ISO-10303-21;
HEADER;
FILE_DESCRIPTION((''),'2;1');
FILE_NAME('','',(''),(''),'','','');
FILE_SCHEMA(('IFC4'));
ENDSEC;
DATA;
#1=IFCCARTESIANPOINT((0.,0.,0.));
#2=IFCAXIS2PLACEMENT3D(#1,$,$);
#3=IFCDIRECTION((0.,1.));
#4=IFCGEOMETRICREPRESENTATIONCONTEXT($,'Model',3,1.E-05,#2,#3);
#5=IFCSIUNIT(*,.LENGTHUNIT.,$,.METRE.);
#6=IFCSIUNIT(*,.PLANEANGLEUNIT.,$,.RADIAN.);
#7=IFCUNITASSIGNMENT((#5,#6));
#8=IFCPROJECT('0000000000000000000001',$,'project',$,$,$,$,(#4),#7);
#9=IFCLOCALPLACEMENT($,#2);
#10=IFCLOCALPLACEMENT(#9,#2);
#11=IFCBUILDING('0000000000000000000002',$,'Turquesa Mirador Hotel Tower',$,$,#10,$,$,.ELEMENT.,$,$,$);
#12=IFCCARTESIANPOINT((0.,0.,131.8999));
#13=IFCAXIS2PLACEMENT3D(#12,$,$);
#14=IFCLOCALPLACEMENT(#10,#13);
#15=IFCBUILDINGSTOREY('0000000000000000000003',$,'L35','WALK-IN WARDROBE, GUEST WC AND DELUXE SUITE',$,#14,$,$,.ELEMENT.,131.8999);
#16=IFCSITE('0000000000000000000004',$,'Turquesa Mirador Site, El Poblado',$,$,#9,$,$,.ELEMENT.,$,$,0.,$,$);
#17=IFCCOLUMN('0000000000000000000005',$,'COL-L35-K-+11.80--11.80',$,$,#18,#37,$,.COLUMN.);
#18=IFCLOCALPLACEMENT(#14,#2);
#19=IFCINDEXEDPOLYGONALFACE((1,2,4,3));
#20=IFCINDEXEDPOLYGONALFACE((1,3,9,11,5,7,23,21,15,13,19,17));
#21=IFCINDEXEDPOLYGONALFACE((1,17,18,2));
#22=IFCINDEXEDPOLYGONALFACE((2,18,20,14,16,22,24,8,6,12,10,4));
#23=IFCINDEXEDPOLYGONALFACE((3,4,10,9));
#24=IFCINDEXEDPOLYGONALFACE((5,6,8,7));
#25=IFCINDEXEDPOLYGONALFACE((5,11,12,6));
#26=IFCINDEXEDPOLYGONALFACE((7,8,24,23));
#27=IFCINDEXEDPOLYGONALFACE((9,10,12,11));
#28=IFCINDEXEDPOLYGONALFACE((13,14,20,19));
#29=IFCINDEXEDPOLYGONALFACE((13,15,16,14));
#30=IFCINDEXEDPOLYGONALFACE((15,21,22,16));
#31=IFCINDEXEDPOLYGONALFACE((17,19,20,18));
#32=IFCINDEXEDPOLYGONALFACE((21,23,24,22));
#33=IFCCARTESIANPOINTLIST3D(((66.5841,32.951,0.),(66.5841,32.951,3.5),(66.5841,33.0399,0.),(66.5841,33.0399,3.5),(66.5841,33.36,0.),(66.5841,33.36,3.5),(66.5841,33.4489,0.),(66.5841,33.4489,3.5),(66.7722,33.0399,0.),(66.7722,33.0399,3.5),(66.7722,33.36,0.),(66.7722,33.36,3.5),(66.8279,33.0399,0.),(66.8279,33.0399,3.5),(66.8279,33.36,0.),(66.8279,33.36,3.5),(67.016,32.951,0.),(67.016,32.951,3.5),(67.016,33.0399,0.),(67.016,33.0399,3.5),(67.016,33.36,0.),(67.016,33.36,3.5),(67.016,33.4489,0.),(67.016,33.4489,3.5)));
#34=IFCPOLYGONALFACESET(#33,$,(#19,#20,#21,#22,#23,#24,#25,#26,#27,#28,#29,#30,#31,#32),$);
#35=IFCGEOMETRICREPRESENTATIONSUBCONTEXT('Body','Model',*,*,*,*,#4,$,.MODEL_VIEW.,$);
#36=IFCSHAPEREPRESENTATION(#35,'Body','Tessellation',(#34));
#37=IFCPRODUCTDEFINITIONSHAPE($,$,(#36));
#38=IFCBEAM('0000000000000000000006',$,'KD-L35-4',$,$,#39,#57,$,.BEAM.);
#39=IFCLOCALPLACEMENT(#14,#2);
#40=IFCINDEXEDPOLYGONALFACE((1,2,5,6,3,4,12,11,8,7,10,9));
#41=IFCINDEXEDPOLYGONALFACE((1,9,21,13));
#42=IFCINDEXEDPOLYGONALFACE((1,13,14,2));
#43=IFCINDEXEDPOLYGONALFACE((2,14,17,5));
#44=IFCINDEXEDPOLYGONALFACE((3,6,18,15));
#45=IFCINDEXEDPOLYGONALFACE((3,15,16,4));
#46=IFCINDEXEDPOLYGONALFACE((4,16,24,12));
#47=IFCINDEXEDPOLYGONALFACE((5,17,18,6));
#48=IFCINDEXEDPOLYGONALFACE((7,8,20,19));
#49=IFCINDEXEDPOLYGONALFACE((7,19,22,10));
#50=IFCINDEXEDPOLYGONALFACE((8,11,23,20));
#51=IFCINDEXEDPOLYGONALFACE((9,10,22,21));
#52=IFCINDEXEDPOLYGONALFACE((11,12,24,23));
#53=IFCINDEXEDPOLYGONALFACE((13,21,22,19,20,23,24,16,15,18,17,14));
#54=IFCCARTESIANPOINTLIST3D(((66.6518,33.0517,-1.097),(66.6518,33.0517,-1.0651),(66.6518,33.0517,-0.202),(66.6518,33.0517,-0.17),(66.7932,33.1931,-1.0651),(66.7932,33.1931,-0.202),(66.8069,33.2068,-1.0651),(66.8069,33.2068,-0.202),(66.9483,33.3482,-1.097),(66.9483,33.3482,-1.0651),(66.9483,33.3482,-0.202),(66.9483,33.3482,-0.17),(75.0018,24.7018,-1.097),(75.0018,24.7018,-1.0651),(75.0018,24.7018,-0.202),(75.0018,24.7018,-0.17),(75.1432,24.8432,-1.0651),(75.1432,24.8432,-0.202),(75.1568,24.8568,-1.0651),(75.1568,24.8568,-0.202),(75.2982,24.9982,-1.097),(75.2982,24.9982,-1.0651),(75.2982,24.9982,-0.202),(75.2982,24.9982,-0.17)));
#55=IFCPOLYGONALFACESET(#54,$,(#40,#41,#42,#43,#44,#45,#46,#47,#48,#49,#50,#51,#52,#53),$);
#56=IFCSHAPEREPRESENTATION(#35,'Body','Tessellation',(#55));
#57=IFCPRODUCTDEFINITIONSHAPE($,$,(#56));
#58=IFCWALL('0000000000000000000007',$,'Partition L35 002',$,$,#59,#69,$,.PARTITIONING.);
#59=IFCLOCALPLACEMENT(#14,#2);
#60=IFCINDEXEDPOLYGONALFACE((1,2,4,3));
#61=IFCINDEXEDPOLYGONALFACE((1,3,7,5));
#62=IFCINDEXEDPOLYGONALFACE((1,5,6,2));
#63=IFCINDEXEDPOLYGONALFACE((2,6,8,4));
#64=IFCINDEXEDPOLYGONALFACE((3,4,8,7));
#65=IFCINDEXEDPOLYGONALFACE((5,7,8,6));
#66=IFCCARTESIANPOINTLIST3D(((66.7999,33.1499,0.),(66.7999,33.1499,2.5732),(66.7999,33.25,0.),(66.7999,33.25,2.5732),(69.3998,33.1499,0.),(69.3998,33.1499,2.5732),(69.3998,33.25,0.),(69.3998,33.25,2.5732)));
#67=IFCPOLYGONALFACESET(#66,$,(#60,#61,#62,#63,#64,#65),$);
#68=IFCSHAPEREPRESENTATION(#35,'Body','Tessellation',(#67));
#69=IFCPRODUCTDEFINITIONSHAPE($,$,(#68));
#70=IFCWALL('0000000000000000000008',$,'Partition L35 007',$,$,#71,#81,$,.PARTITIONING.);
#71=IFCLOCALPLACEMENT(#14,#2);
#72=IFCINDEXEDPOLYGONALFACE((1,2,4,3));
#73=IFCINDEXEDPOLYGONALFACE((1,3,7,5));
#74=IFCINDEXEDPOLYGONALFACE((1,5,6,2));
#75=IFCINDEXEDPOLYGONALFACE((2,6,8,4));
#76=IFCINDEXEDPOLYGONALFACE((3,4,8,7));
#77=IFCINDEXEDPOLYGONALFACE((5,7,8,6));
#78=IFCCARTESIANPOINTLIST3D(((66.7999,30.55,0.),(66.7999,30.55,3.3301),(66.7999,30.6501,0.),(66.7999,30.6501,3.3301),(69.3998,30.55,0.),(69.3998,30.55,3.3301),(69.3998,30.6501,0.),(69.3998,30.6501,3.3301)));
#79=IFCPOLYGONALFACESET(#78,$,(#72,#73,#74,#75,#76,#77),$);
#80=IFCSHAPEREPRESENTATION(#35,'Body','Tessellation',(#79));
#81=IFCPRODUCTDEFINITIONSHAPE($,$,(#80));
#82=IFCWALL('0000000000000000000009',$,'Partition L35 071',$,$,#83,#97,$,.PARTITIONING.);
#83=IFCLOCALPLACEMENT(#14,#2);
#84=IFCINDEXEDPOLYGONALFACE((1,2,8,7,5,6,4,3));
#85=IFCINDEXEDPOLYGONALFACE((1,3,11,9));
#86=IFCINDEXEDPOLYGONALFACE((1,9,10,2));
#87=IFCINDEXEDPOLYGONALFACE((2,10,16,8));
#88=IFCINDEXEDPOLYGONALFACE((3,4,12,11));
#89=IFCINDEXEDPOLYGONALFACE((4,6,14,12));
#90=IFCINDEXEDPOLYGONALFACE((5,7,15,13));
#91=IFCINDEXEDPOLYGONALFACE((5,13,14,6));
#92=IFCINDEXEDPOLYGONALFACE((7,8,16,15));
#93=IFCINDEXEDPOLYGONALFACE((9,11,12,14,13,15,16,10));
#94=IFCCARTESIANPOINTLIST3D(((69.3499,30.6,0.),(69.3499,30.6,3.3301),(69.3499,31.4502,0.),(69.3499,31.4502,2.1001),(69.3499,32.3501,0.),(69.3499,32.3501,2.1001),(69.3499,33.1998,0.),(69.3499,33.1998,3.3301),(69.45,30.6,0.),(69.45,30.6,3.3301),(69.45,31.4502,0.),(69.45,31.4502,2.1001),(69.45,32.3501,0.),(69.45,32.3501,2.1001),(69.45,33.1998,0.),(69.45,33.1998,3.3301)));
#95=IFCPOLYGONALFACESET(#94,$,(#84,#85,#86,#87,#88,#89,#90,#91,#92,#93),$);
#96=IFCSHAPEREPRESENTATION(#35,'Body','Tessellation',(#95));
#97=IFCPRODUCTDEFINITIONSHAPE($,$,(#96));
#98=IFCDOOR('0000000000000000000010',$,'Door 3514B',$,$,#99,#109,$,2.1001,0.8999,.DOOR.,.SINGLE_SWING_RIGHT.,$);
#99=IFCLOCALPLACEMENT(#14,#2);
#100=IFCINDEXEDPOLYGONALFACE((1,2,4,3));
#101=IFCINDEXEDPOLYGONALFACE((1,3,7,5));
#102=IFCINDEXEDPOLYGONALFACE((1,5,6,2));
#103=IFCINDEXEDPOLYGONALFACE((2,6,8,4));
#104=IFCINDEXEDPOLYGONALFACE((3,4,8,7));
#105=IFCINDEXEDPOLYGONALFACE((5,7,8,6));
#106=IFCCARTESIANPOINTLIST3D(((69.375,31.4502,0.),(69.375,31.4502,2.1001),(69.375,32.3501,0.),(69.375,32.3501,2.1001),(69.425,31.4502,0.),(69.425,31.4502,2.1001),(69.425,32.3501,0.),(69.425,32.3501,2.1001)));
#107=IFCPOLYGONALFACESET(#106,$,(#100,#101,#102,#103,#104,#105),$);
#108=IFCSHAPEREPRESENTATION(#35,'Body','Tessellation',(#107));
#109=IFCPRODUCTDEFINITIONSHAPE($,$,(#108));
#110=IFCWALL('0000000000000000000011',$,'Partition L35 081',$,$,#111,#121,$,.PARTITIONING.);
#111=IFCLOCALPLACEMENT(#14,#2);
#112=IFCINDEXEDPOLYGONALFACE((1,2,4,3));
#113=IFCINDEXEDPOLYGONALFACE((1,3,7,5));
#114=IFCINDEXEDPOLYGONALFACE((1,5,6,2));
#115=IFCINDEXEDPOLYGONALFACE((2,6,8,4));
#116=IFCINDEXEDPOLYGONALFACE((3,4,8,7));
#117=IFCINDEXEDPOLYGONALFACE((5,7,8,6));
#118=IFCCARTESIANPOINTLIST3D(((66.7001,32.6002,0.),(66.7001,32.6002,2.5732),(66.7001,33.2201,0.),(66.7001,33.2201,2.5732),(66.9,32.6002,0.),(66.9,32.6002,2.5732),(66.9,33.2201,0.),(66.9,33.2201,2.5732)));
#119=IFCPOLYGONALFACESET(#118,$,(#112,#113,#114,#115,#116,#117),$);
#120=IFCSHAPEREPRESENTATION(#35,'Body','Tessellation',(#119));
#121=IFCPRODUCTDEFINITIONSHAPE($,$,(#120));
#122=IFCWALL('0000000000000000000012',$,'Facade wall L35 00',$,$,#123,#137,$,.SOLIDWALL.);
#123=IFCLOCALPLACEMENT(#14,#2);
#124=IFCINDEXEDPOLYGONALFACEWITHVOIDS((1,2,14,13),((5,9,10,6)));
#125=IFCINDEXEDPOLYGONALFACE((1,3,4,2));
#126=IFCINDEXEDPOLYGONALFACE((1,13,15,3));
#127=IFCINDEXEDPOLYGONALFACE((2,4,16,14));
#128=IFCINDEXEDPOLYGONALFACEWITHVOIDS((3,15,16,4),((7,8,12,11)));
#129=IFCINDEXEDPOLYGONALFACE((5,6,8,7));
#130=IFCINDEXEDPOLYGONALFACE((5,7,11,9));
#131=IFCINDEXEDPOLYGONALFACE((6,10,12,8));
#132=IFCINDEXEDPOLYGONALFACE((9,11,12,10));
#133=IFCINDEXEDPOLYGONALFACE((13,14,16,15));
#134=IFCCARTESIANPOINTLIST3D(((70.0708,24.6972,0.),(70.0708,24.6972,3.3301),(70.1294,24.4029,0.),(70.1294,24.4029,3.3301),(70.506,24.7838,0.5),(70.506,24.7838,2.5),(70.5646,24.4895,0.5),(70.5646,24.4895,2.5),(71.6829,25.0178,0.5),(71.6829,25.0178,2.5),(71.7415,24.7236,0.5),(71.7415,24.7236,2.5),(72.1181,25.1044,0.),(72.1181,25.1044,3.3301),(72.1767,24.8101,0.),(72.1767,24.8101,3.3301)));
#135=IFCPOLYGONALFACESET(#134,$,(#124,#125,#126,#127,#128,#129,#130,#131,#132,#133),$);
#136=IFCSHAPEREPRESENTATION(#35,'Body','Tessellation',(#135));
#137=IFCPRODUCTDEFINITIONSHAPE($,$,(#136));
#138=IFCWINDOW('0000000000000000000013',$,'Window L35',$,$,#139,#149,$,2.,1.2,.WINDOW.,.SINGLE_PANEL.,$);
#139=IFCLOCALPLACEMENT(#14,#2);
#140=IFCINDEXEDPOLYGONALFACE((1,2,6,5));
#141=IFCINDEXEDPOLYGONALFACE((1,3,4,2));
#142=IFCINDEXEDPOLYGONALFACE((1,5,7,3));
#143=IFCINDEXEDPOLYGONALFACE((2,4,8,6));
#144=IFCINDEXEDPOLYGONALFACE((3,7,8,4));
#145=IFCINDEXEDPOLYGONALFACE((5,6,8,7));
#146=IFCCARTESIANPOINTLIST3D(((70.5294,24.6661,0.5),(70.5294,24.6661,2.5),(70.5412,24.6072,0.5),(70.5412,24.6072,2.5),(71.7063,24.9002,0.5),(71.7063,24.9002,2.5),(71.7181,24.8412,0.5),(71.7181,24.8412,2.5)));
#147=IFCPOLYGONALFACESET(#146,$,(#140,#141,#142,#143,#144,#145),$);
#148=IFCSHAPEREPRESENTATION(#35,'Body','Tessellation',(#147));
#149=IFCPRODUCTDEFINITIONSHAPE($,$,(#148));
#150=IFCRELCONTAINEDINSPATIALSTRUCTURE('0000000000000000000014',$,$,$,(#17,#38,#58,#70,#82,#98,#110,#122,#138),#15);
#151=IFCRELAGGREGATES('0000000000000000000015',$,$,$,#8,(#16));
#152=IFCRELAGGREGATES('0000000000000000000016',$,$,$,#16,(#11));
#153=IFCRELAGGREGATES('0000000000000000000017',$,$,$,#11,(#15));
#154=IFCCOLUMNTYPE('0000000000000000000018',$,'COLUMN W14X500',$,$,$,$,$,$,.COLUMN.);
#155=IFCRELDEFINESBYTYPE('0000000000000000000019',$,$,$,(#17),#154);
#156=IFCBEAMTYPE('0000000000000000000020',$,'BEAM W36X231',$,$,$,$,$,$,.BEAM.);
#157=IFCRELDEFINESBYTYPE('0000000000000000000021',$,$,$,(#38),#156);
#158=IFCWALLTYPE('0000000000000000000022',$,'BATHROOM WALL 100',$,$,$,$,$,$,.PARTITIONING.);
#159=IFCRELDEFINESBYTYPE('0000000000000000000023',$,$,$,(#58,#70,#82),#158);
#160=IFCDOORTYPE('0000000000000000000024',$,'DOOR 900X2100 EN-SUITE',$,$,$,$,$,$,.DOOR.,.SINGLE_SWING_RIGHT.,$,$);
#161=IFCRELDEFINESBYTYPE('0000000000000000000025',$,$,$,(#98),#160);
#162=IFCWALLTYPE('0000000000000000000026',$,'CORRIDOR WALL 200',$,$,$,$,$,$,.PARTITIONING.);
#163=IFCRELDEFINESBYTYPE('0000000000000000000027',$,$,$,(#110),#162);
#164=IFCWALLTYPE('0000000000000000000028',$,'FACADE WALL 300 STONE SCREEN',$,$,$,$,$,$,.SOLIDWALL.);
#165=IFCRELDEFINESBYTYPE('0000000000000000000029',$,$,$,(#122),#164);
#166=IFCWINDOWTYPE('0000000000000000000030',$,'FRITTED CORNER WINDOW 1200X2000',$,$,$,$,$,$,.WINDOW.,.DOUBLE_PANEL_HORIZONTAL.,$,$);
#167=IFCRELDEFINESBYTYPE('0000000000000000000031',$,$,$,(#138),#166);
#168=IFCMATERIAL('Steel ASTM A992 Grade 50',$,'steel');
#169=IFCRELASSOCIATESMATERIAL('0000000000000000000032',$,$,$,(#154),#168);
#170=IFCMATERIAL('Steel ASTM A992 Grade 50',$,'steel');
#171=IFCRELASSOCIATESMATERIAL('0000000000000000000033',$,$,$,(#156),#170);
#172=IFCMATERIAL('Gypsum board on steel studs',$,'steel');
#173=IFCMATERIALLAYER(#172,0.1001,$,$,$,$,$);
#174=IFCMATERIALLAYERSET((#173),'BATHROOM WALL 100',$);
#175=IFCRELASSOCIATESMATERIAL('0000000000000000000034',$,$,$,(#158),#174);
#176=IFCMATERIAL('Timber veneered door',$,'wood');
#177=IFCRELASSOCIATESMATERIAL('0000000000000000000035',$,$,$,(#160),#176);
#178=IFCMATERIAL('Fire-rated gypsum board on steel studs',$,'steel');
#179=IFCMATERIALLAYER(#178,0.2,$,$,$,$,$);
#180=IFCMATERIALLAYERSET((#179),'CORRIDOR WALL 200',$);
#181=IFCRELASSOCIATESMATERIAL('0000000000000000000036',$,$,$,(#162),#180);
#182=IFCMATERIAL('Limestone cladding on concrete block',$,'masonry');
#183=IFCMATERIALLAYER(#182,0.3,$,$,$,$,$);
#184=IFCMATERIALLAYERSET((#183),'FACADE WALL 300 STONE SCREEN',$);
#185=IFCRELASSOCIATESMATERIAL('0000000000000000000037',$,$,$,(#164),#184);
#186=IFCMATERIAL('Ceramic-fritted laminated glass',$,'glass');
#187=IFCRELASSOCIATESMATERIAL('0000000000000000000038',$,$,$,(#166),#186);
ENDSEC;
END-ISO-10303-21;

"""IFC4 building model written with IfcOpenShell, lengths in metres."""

from ifc_helpers import new_model, si_unit, direction, frame, frame_2d, origin, origin_2d, place, context, subcontext, project, spatial, rectangle, i_section, extrude, material, layer, layer_set, material_profile, profile_set, type_object, element, fill, save


model = new_model("IFC4")

# Units and contexts
model_context = context("Model", 3, precision=1e-05, world=origin(), true_north=direction((0.0, 1.0)))
body_context = subcontext(model_context, "Body", "Model", "MODEL_VIEW")
ifc_project = project(units=[si_unit("LENGTHUNIT", "METRE"), si_unit("PLANEANGLEUNIT", "RADIAN")], contexts=[model_context])

# Site, building, storey
site_placement = place(None, origin())
site = spatial("IfcSite", under=ifc_project, at=site_placement, Name="Turquesa Mirador Site, El Poblado", CompositionType="ELEMENT", RefElevation=0.0)
building_placement = place(site_placement, origin())
building = spatial("IfcBuilding", under=site, at=building_placement, Name="Turquesa Mirador Hotel Tower", CompositionType="ELEMENT")
storey_placement = place(building_placement, frame((0.0, 0.0, 131.8999)))
storey = spatial("IfcBuildingStorey", under=building, at=storey_placement, Name="L35", Description="WALK-IN WARDROBE, GUEST WC AND DELUXE SUITE", CompositionType="ELEMENT", Elevation=131.8999)

# Column
ifc_material_1 = material(Name="Steel ASTM A992 Grade 50", Category="steel")
ifc_material_profile_1 = material_profile(ifc_material_1, i_section(OverallWidth=0.4319, OverallDepth=0.4978, WebThickness=0.0557, FlangeThickness=0.0889, at=origin_2d()), Name="W14X500")
ifc_profile_set_1 = profile_set([ifc_material_profile_1], Name="Steel ASTM A992 Grade 50")
column_type = type_object("IfcColumnType", Name="COLUMN W14X500", PredefinedType="COLUMN", material=ifc_profile_set_1)
column_placement = place(storey_placement, frame((66.8, 33.2, 0.0), z_axis=(0.0, 0.0, 1.0), x_axis=(1.0, 0.0, 0.0)))
element("IfcColumn", 1, at=column_placement, inside=storey, type_object=column_type, Name="COL-L35-K-+11.80--11.80", PredefinedType="COLUMN", context=body_context, shape_type="SweptSolid", body=[
    extrude(i_section(OverallWidth=0.4319, OverallDepth=0.4978, WebThickness=0.0557, FlangeThickness=0.0889, at=origin_2d()), origin(), (0.0, 0.0, 1.0), 3.5),
])

# Beam
ifc_material_2 = material(Name="Steel ASTM A992 Grade 50", Category="steel")
ifc_material_profile_2 = material_profile(ifc_material_2, i_section(OverallWidth=0.4192, OverallDepth=0.927, WebThickness=0.0193, FlangeThickness=0.032, at=origin_2d()), Name="W36X231")
ifc_profile_set_2 = profile_set([ifc_material_profile_2], Name="Steel ASTM A992 Grade 50")
beam_type = type_object("IfcBeamType", Name="BEAM W36X231", PredefinedType="BEAM", material=ifc_profile_set_2)
beam_placement = place(storey_placement, frame((66.8, 33.2, -0.6335), z_axis=(0.707107, -0.707107, 0.0), x_axis=(0.707107, 0.707107, 0.0)))
element("IfcBeam", 2, at=beam_placement, inside=storey, type_object=beam_type, Name="KD-L35-4", PredefinedType="BEAM", context=body_context, shape_type="SweptSolid", body=[
    extrude(i_section(OverallWidth=0.4192, OverallDepth=0.927, WebThickness=0.0193, FlangeThickness=0.032, at=origin_2d()), origin(), (0.0, 0.0, 1.0), 11.8086),
])

# Walls
ifc_material_3 = material(Name="Gypsum board on steel studs", Category="steel")
ifc_layer_1 = layer(ifc_material_3, 0.1001)
ifc_layer_set_1 = layer_set([ifc_layer_1], Name="BATHROOM WALL 100")
wall_type_1 = type_object("IfcWallType", Name="BATHROOM WALL 100", PredefinedType="PARTITIONING", material=ifc_layer_set_1)
wall_1_placement = place(storey_placement, frame((66.8, 33.2, 0.0), z_axis=(0.0, 0.0, 1.0), x_axis=(1.0, 0.0, 0.0)))
element("IfcWall", 3, at=wall_1_placement, inside=storey, type_object=wall_type_1, Name="Partition L35 002", PredefinedType="PARTITIONING", context=body_context, shape_type="SweptSolid", body=[
    extrude(rectangle(XDim=2.5999, YDim=0.1001, at=frame_2d((1.2998, 0.0))), origin(), (0.0, 0.0, 1.0), 2.5732),
])
wall_2_placement = place(storey_placement, frame((66.8, 30.6001, 0.0), z_axis=(0.0, 0.0, 1.0), x_axis=(1.0, 0.0, 0.0)))
element("IfcWall", 4, at=wall_2_placement, inside=storey, type_object=wall_type_1, Name="Partition L35 007", PredefinedType="PARTITIONING", context=body_context, shape_type="SweptSolid", body=[
    extrude(rectangle(XDim=2.5999, YDim=0.1001, at=frame_2d((1.2998, 0.0))), origin(), (0.0, 0.0, 1.0), 3.3301),
])

# Wall, opening, door
wall_3_placement = place(storey_placement, frame((69.3999, 30.6001, 0.0), z_axis=(0.0, 0.0, 1.0), x_axis=(0.0, 1.0, 0.0)))
wall_3 = element("IfcWall", 5, at=wall_3_placement, inside=storey, type_object=wall_type_1, Name="Partition L35 071", PredefinedType="PARTITIONING", context=body_context, shape_type="SweptSolid", body=[
    extrude(rectangle(XDim=2.5999, YDim=0.1001, at=frame_2d((1.2998, 0.0))), origin(), (0.0, 0.0, 1.0), 3.3301),
])
opening_1_placement = place(wall_3_placement, frame((0.8501, 0.0, 0.0)))
opening_1 = element("IfcOpeningElement", 6, at=opening_1_placement, cuts=wall_3, PredefinedType="OPENING", context=body_context, shape_type="SweptSolid", body=[
    extrude(rectangle(XDim=0.8999, YDim=2.1001, at=frame_2d((0.45, 1.05))), frame((0.0, 0.0601, 0.0), z_axis=(0.0, -1.0, 0.0), x_axis=(1.0, 0.0, 0.0)), (0.0, 0.0, 1.0), 0.1201),
])
ifc_material_4 = material(Name="Timber veneered door", Category="wood")
door_type_1 = type_object("IfcDoorType", Name="DOOR 900X2100 EN-SUITE", OperationType="SINGLE_SWING_RIGHT", PredefinedType="DOOR", material=ifc_material_4)
door_1_placement = place(opening_1_placement, origin())
door_1 = element("IfcDoor", 7, at=door_1_placement, inside=storey, type_object=door_type_1, Name="Door 3514B", OperationType="SINGLE_SWING_RIGHT", OverallHeight=2.1001, OverallWidth=0.8999, PredefinedType="DOOR", context=body_context, shape_type="SweptSolid", body=[
    extrude(rectangle(XDim=0.8999, YDim=2.1001, at=frame_2d((0.45, 1.05))), frame((0.0, 0.0249, 0.0), z_axis=(0.0, -1.0, 0.0), x_axis=(1.0, 0.0, 0.0)), (0.0, 0.0, 1.0), 0.05),
])
fill(opening_1, door_1)

# Wall
ifc_material_5 = material(Name="Fire-rated gypsum board on steel studs", Category="steel")
ifc_layer_2 = layer(ifc_material_5, 0.2)
ifc_layer_set_2 = layer_set([ifc_layer_2], Name="CORRIDOR WALL 200")
wall_type_2 = type_object("IfcWallType", Name="CORRIDOR WALL 200", PredefinedType="PARTITIONING", material=ifc_layer_set_2)
wall_4_placement = place(storey_placement, frame((66.8, 32.6001, 0.0), z_axis=(0.0, 0.0, 1.0), x_axis=(0.0, 1.0, 0.0)))
element("IfcWall", 8, at=wall_4_placement, inside=storey, type_object=wall_type_2, Name="Partition L35 081", PredefinedType="PARTITIONING", context=body_context, shape_type="SweptSolid", body=[
    extrude(rectangle(XDim=0.6199, YDim=0.2, at=frame_2d((0.3101, 0.0))), origin(), (0.0, 0.0, 1.0), 2.5732),
])

# Wall, opening, window
ifc_material_6 = material(Name="Limestone cladding on concrete block", Category="masonry")
ifc_layer_3 = layer(ifc_material_6, 0.3)
ifc_layer_set_3 = layer_set([ifc_layer_3], Name="FACADE WALL 300 STONE SCREEN")
wall_type_3 = type_object("IfcWallType", Name="FACADE WALL 300 STONE SCREEN", PredefinedType="SOLIDWALL", material=ifc_layer_set_3)
wall_5_placement = place(storey_placement, frame((70.1001, 24.55, 0.0), z_axis=(0.0, 0.0, 1.0), x_axis=(0.980787, 0.195081, 0.0)))
wall_5 = element("IfcWall", 9, at=wall_5_placement, inside=storey, type_object=wall_type_3, Name="Facade wall L35 00", PredefinedType="SOLIDWALL", context=body_context, shape_type="SweptSolid", body=[
    extrude(rectangle(XDim=2.0874, YDim=0.3, at=frame_2d((1.0437, 0.0))), origin(), (0.0, 0.0, 1.0), 3.3301),
])
opening_2_placement = place(wall_5_placement, frame((0.4436, 0.0, 0.5)))
opening_2 = element("IfcOpeningElement", 10, at=opening_2_placement, cuts=wall_5, PredefinedType="OPENING", context=body_context, shape_type="SweptSolid", body=[
    extrude(rectangle(XDim=1.2, YDim=2.0, at=frame_2d((0.6001, 1.0))), frame((0.0, 0.1599, 0.0), z_axis=(0.0, -1.0, 0.0), x_axis=(1.0, 0.0, 0.0)), (0.0, 0.0, 1.0), 0.3201),
])
ifc_material_7 = material(Name="Ceramic-fritted laminated glass", Category="glass")
window_type = type_object("IfcWindowType", Name="FRITTED CORNER WINDOW 1200X2000", PartitioningType="DOUBLE_PANEL_HORIZONTAL", PredefinedType="WINDOW", material=ifc_material_7)
window_placement = place(opening_2_placement, origin())
window = element("IfcWindow", 11, at=window_placement, inside=storey, type_object=window_type, Name="Window L35", OverallHeight=2.0, OverallWidth=1.2, PartitioningType="SINGLE_PANEL", PredefinedType="WINDOW", context=body_context, shape_type="SweptSolid", body=[
    extrude(rectangle(XDim=1.2, YDim=2.0, at=frame_2d((0.6001, 1.0))), frame((0.0, 0.03, 0.0), z_axis=(0.0, -1.0, 0.0), x_axis=(1.0, 0.0, 0.0)), (0.0, 0.0, 1.0), 0.0601),
])
fill(opening_2, window)

save(model, "model.ifc")
